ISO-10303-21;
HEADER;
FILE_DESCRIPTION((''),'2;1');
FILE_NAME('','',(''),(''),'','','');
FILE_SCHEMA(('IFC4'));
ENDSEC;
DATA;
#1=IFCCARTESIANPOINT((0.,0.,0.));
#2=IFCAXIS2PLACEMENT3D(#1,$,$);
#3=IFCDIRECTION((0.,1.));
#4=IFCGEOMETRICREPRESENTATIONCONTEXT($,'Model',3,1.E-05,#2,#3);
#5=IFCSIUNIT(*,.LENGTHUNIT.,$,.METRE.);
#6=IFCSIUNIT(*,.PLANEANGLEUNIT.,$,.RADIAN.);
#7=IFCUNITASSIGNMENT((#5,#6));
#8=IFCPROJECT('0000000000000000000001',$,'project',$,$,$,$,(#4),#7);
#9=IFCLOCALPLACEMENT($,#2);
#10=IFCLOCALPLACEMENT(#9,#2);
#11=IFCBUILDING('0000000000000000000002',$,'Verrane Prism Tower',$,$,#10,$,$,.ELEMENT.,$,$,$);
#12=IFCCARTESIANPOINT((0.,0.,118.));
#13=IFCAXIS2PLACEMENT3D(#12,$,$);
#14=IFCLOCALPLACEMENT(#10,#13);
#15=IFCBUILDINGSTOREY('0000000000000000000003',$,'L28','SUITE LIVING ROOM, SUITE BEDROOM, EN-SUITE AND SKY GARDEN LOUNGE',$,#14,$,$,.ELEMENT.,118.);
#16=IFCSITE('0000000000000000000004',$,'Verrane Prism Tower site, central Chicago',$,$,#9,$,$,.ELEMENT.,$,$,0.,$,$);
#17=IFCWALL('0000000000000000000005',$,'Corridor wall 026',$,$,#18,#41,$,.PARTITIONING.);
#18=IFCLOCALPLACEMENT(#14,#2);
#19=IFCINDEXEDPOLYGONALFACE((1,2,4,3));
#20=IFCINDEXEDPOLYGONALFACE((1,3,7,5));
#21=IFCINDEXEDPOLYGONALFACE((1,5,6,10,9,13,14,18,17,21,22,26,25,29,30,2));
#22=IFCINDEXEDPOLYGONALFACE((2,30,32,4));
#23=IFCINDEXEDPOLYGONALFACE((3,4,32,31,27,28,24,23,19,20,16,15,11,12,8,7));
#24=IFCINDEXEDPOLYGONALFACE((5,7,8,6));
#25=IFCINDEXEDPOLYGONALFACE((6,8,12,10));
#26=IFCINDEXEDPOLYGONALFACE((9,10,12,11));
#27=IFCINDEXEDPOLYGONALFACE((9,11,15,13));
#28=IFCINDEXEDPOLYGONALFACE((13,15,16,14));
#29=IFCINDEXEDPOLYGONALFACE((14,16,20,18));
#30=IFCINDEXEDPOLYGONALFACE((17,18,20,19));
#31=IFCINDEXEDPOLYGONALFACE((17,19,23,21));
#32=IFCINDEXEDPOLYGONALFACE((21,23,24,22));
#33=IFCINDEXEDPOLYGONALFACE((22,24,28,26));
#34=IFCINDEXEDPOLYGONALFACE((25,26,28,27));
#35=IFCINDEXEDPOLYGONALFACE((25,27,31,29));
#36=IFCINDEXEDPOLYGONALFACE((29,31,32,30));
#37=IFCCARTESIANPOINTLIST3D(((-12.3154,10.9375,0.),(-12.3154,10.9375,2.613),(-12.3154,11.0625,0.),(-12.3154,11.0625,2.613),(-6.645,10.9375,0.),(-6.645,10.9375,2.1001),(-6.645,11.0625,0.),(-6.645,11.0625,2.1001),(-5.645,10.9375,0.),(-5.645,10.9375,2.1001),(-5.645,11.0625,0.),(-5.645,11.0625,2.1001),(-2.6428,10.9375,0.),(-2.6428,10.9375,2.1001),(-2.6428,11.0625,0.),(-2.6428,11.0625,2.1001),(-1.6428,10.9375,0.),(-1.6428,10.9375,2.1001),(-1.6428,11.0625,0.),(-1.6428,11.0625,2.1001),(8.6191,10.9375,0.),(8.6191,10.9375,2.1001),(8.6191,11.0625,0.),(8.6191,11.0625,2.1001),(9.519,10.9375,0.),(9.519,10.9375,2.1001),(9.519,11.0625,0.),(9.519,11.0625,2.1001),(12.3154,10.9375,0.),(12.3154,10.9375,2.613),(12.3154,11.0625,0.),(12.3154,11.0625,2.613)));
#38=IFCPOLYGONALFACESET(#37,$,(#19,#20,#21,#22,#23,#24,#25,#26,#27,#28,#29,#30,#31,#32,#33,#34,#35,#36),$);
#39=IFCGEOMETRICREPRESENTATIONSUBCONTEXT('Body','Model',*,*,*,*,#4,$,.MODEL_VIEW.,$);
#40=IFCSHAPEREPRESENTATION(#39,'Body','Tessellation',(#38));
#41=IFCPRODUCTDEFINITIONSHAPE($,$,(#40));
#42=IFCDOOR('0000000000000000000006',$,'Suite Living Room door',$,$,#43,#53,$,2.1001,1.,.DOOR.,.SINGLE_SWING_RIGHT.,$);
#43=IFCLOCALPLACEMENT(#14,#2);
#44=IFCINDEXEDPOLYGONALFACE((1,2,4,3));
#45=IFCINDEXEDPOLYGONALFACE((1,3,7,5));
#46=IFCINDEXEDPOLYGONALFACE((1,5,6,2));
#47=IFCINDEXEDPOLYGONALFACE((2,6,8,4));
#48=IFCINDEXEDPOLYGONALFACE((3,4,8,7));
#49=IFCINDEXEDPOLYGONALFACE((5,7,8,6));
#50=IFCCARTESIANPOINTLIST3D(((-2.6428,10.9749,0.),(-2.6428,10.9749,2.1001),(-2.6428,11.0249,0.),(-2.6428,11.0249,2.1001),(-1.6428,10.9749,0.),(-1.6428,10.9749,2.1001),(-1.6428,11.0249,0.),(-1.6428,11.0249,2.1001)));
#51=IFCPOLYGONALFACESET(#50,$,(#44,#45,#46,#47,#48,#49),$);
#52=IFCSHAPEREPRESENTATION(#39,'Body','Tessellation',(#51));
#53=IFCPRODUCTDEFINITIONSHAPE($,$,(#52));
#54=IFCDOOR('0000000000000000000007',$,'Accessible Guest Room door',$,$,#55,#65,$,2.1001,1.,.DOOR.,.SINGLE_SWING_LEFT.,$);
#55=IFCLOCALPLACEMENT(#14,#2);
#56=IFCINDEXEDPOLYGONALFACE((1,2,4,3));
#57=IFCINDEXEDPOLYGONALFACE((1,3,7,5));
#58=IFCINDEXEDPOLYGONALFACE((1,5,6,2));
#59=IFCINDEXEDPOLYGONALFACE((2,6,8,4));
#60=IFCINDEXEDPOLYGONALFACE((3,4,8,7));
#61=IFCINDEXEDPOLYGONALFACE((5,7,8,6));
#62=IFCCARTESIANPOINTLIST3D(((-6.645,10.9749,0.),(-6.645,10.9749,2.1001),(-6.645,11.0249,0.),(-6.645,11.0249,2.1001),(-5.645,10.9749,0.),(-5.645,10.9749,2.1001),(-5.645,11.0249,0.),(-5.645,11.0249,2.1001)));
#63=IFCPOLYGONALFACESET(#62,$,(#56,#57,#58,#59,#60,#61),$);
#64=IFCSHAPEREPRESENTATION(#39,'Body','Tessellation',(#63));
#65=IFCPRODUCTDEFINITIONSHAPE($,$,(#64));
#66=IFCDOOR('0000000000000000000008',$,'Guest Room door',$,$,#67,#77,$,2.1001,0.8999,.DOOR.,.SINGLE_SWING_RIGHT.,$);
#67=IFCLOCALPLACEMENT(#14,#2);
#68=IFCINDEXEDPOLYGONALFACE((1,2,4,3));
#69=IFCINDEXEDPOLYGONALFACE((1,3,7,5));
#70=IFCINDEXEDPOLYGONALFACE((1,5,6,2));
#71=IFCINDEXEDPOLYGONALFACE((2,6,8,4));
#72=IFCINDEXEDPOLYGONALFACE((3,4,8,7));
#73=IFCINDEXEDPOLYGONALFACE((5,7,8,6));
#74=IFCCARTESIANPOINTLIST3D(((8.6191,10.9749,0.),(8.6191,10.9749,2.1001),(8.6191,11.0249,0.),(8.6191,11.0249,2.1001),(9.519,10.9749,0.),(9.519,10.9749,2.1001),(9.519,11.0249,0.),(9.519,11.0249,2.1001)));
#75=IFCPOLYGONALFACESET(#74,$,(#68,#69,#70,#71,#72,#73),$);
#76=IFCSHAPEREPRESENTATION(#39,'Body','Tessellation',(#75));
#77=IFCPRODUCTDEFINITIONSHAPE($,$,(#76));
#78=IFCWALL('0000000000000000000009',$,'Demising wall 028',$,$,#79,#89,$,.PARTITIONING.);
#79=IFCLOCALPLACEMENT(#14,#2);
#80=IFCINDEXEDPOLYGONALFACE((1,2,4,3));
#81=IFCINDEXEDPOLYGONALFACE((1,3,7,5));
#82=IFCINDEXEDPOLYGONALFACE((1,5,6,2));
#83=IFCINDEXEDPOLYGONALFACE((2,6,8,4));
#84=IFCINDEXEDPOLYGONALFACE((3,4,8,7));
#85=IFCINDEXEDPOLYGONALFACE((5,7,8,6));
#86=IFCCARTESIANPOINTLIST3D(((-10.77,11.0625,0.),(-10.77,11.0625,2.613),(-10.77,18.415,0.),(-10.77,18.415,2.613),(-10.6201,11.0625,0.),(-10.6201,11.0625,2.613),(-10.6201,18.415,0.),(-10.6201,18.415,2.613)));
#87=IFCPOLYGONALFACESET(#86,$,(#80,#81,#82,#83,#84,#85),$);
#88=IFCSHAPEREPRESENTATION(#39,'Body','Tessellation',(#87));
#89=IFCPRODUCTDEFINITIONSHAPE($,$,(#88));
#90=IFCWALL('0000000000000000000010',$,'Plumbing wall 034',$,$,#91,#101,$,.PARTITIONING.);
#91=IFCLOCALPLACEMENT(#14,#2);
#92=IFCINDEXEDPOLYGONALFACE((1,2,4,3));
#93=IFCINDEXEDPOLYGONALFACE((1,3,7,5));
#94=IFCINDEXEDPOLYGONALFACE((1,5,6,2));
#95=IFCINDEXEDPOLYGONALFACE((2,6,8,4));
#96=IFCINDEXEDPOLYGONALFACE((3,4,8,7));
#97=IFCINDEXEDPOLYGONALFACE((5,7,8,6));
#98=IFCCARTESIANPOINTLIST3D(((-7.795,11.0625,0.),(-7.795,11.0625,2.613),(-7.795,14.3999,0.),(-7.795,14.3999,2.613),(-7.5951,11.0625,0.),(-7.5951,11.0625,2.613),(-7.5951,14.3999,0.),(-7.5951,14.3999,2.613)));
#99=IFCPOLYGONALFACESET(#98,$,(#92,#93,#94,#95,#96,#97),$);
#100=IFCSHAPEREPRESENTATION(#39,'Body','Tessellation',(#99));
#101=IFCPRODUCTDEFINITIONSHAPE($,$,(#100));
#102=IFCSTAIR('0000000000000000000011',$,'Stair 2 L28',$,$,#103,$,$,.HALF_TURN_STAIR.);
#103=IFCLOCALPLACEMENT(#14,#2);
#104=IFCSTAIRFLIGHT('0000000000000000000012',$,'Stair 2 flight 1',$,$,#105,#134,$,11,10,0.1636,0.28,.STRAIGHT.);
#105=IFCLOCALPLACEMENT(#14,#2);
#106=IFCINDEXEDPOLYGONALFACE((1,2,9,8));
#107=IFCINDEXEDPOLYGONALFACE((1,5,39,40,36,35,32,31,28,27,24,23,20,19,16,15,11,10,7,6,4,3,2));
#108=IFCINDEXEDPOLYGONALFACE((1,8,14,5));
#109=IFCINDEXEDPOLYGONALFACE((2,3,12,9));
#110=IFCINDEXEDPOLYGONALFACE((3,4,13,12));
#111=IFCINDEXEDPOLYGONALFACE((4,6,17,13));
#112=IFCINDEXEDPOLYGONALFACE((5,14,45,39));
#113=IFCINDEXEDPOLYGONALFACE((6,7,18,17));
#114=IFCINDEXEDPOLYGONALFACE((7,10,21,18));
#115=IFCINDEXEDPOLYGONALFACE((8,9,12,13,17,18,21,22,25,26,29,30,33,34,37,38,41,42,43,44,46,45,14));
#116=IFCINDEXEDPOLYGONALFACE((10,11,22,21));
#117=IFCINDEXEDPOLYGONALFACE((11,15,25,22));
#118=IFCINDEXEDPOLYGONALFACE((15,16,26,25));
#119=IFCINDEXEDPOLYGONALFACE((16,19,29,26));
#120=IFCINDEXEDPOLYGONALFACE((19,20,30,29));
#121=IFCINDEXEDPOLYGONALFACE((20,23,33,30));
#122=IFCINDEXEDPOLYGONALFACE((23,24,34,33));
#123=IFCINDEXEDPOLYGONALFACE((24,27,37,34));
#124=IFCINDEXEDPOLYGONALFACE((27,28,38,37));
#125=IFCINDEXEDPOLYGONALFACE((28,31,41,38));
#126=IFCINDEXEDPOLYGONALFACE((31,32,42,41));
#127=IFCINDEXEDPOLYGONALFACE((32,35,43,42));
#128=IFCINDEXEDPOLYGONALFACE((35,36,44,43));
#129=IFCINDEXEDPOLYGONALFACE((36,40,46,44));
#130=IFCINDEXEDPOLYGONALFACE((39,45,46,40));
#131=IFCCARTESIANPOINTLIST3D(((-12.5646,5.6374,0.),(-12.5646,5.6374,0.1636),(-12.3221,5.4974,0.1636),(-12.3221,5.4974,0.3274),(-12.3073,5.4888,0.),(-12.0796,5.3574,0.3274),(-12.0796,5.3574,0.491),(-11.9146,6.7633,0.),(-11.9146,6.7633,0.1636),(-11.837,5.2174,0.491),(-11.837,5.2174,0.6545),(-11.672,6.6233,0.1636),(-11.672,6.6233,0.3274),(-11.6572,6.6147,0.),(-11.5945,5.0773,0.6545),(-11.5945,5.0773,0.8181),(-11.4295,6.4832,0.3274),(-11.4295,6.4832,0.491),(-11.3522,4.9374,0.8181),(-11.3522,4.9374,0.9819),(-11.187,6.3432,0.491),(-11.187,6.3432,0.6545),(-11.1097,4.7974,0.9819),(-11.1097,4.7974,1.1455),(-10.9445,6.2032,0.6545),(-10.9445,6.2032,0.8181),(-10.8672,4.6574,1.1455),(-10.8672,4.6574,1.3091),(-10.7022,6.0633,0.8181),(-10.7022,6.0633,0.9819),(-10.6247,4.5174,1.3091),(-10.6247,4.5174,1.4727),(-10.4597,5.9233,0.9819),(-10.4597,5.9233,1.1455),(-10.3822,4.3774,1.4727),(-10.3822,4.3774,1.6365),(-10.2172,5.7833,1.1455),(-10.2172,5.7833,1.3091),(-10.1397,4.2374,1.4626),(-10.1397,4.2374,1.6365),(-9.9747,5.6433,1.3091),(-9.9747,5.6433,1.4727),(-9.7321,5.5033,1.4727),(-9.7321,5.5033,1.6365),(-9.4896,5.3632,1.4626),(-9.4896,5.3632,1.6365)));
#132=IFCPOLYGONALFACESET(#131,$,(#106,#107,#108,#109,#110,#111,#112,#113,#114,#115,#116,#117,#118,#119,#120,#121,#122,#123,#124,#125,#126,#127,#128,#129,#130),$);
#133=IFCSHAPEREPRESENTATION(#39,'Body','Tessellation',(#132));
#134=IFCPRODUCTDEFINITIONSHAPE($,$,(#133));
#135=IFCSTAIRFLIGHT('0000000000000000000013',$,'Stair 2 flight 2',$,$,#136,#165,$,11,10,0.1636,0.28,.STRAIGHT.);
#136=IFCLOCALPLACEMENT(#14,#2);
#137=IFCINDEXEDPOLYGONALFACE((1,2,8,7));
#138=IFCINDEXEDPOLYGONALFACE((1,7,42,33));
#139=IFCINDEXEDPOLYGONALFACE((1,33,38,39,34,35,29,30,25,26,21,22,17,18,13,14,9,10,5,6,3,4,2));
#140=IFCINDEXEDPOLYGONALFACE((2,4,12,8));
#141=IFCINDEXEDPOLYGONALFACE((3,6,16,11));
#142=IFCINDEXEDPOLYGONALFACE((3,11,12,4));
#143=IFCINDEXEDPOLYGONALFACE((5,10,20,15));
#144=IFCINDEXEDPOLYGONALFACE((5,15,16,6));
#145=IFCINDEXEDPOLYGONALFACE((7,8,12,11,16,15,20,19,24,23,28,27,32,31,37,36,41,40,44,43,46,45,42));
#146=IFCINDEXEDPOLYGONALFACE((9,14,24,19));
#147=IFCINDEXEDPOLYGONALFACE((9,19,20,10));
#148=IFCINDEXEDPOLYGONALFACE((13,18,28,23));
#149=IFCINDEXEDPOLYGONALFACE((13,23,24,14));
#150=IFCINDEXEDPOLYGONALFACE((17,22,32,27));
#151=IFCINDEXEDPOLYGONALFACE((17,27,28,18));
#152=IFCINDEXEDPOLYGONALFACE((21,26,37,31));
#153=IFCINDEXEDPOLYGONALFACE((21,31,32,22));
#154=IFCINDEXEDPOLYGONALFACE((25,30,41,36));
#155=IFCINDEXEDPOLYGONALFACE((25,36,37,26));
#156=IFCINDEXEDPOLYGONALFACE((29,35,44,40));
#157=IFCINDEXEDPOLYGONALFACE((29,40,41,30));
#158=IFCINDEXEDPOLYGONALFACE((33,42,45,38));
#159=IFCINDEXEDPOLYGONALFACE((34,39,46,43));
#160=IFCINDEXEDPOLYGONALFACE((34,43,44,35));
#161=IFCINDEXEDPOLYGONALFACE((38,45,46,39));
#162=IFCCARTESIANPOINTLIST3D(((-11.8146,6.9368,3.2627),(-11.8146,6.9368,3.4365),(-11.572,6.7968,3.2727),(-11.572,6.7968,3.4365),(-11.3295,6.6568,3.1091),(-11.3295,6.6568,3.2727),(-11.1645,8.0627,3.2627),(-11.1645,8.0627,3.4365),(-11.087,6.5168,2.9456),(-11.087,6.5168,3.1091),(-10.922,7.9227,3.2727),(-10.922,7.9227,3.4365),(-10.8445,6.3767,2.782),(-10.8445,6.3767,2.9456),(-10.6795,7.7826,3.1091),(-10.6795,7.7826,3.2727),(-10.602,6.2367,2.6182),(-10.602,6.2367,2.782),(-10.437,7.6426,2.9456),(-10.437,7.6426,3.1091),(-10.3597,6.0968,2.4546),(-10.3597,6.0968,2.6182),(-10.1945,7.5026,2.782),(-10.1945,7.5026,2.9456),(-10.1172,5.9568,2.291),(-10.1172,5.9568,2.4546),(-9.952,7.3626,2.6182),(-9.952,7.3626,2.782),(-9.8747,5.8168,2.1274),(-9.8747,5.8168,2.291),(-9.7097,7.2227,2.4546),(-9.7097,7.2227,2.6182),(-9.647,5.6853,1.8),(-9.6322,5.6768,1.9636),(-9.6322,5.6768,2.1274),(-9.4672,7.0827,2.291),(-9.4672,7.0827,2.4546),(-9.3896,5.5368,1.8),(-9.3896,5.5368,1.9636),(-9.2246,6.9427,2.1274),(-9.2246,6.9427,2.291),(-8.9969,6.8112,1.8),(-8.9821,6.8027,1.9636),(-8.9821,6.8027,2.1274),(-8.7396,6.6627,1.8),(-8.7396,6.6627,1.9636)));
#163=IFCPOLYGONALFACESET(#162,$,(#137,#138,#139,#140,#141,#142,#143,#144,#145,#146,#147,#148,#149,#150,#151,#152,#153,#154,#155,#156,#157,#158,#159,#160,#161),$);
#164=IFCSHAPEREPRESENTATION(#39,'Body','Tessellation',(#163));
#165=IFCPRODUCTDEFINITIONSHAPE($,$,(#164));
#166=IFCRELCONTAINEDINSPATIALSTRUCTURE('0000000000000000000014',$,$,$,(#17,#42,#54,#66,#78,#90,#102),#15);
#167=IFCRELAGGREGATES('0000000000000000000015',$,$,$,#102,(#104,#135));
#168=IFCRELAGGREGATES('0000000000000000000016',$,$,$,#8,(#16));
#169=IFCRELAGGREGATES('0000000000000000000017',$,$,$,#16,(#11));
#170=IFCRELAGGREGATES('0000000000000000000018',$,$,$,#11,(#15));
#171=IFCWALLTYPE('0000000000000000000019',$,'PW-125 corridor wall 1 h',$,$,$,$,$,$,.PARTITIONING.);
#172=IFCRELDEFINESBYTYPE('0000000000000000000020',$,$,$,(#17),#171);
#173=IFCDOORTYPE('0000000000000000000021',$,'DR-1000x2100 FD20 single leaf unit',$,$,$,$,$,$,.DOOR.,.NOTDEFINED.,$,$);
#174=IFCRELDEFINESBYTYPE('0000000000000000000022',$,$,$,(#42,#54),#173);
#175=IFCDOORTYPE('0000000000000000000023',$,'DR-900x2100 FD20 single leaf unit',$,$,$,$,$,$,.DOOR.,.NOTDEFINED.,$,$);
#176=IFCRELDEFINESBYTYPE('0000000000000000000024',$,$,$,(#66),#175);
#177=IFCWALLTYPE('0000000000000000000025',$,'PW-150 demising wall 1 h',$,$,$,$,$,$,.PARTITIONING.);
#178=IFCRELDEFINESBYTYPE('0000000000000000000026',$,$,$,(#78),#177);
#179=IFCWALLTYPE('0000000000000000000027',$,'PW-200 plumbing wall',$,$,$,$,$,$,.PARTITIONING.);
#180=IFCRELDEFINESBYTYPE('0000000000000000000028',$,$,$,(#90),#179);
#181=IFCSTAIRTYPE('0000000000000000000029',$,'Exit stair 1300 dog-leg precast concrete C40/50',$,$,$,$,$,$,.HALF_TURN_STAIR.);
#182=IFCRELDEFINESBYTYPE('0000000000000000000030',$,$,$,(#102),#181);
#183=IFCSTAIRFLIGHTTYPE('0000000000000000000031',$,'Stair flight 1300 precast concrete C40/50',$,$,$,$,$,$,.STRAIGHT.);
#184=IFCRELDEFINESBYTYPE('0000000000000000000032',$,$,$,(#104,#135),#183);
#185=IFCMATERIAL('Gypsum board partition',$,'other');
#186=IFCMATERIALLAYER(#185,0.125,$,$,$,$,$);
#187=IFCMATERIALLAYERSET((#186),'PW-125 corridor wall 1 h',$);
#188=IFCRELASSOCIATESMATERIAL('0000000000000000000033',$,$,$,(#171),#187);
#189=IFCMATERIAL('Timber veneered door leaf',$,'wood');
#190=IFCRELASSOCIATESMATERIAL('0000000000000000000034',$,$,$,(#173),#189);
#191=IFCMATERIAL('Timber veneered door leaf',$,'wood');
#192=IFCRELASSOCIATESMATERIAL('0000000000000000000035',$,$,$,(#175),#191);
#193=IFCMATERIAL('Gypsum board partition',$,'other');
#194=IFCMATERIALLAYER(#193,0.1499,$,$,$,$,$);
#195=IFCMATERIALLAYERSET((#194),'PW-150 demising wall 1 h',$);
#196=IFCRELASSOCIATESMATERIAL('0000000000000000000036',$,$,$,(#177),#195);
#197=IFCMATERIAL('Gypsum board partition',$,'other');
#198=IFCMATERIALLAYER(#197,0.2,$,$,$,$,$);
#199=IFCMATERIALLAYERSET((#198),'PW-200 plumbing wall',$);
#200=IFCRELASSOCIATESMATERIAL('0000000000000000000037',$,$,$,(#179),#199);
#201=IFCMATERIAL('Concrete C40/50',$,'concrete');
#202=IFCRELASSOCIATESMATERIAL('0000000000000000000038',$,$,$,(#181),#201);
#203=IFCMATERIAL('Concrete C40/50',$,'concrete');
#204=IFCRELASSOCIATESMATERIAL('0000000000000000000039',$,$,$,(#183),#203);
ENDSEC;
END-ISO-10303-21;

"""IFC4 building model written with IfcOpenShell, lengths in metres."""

from ifc_helpers import new_model, si_unit, direction, frame, frame_2d, origin, place, context, subcontext, project, spatial, polyline, rectangle, outline, extrude, material, layer, layer_set, type_object, element, fill, aggregate, save


model = new_model("IFC4")

# Units and contexts
model_context = context("Model", 3, precision=1e-05, world=origin(), true_north=direction((0.0, 1.0)))
body_context = subcontext(model_context, "Body", "Model", "MODEL_VIEW")
ifc_project = project(units=[si_unit("LENGTHUNIT", "METRE"), si_unit("PLANEANGLEUNIT", "RADIAN")], contexts=[model_context])

# Site, building, storey
site_placement = place(None, origin())
site = spatial("IfcSite", under=ifc_project, at=site_placement, Name="Verrane Prism Tower site, central Chicago", CompositionType="ELEMENT", RefElevation=0.0)
building_placement = place(site_placement, origin())
building = spatial("IfcBuilding", under=site, at=building_placement, Name="Verrane Prism Tower", CompositionType="ELEMENT")
storey_placement = place(building_placement, frame((0.0, 0.0, 118.0)))
storey = spatial("IfcBuildingStorey", under=building, at=storey_placement, Name="L28", Description="SUITE LIVING ROOM, SUITE BEDROOM, EN-SUITE AND SKY GARDEN LOUNGE", CompositionType="ELEMENT", Elevation=118.0)

# Wall, openings, doors
ifc_material_1 = material(Name="Gypsum board partition", Category="other")
ifc_layer_1 = layer(ifc_material_1, 0.125)
ifc_layer_set_1 = layer_set([ifc_layer_1], Name="PW-125 corridor wall 1 h")
wall_type_1 = type_object("IfcWallType", Name="PW-125 corridor wall 1 h", PredefinedType="PARTITIONING", material=ifc_layer_set_1)
wall_1_placement = place(storey_placement, frame((-12.3154, 11.0, 0.0), z_axis=(0.0, 0.0, 1.0), x_axis=(1.0, 0.0, 0.0)))
wall_1 = element("IfcWall", 1, at=wall_1_placement, inside=storey, type_object=wall_type_1, Name="Corridor wall 026", PredefinedType="PARTITIONING", context=body_context, shape_type="SweptSolid", body=[
    extrude(rectangle(XDim=24.6309, YDim=0.125, at=frame_2d((12.3154, 0.0))), origin(), (0.0, 0.0, 1.0), 2.613),
])
opening_1_placement = place(wall_1_placement, frame((20.9346, 0.0, 0.0)))
opening_1 = element("IfcOpeningElement", 2, at=opening_1_placement, cuts=wall_1, PredefinedType="OPENING", context=body_context, shape_type="SweptSolid", body=[
    extrude(rectangle(XDim=0.8999, YDim=2.1001, at=frame_2d((0.45, 1.05))), frame((0.0, 0.0725, 0.0), z_axis=(0.0, -1.0, 0.0), x_axis=(1.0, 0.0, 0.0)), (0.0, 0.0, 1.0), 0.145),
])
opening_2_placement = place(wall_1_placement, frame((9.6726, 0.0, 0.0)))
opening_2 = element("IfcOpeningElement", 3, at=opening_2_placement, cuts=wall_1, PredefinedType="OPENING", context=body_context, shape_type="SweptSolid", body=[
    extrude(rectangle(XDim=1.0, YDim=2.1001, at=frame_2d((0.5, 1.05))), frame((0.0, 0.0725, 0.0), z_axis=(0.0, -1.0, 0.0), x_axis=(1.0, 0.0, 0.0)), (0.0, 0.0, 1.0), 0.145),
])
opening_3_placement = place(wall_1_placement, frame((5.6704, 0.0, 0.0)))
opening_3 = element("IfcOpeningElement", 4, at=opening_3_placement, cuts=wall_1, PredefinedType="OPENING", context=body_context, shape_type="SweptSolid", body=[
    extrude(rectangle(XDim=1.0, YDim=2.1001, at=frame_2d((0.5, 1.05))), frame((0.0, 0.0725, 0.0), z_axis=(0.0, -1.0, 0.0), x_axis=(1.0, 0.0, 0.0)), (0.0, 0.0, 1.0), 0.145),
])
ifc_material_2 = material(Name="Timber veneered door leaf", Category="wood")
door_type_1 = type_object("IfcDoorType", Name="DR-1000x2100 FD20 single leaf unit", OperationType="NOTDEFINED", PredefinedType="DOOR", material=ifc_material_2)
door_1_placement = place(opening_2_placement, origin())
door_1 = element("IfcDoor", 5, at=door_1_placement, inside=storey, type_object=door_type_1, Name="Suite Living Room door", OperationType="SINGLE_SWING_RIGHT", OverallHeight=2.1001, OverallWidth=1.0, PredefinedType="DOOR", context=body_context, shape_type="SweptSolid", body=[
    extrude(rectangle(XDim=1.0, YDim=2.1001, at=frame_2d((0.5, 1.05))), frame((0.0, 0.0249, 0.0), z_axis=(0.0, -1.0, 0.0), x_axis=(1.0, 0.0, 0.0)), (0.0, 0.0, 1.0), 0.05),
])
fill(opening_2, door_1)
door_2_placement = place(opening_3_placement, origin())
door_2 = element("IfcDoor", 6, at=door_2_placement, inside=storey, type_object=door_type_1, Name="Accessible Guest Room door", OperationType="SINGLE_SWING_LEFT", OverallHeight=2.1001, OverallWidth=1.0, PredefinedType="DOOR", context=body_context, shape_type="SweptSolid", body=[
    extrude(rectangle(XDim=1.0, YDim=2.1001, at=frame_2d((0.5, 1.05))), frame((0.0, 0.0249, 0.0), z_axis=(0.0, -1.0, 0.0), x_axis=(1.0, 0.0, 0.0)), (0.0, 0.0, 1.0), 0.05),
])
fill(opening_3, door_2)
ifc_material_3 = material(Name="Timber veneered door leaf", Category="wood")
door_type_2 = type_object("IfcDoorType", Name="DR-900x2100 FD20 single leaf unit", OperationType="NOTDEFINED", PredefinedType="DOOR", material=ifc_material_3)
door_3_placement = place(opening_1_placement, origin())
door_3 = element("IfcDoor", 7, at=door_3_placement, inside=storey, type_object=door_type_2, Name="Guest Room door", OperationType="SINGLE_SWING_RIGHT", OverallHeight=2.1001, OverallWidth=0.8999, PredefinedType="DOOR", context=body_context, shape_type="SweptSolid", body=[
    extrude(rectangle(XDim=0.8999, YDim=2.1001, at=frame_2d((0.45, 1.05))), frame((0.0, 0.0249, 0.0), z_axis=(0.0, -1.0, 0.0), x_axis=(1.0, 0.0, 0.0)), (0.0, 0.0, 1.0), 0.05),
])
fill(opening_1, door_3)

# Walls
ifc_material_4 = material(Name="Gypsum board partition", Category="other")
ifc_layer_2 = layer(ifc_material_4, 0.1499)
ifc_layer_set_2 = layer_set([ifc_layer_2], Name="PW-150 demising wall 1 h")
wall_type_2 = type_object("IfcWallType", Name="PW-150 demising wall 1 h", PredefinedType="PARTITIONING", material=ifc_layer_set_2)
wall_2_placement = place(storey_placement, frame((-10.6951, 11.0625, 0.0), z_axis=(0.0, 0.0, 1.0), x_axis=(0.0, 1.0, 0.0)))
element("IfcWall", 8, at=wall_2_placement, inside=storey, type_object=wall_type_2, Name="Demising wall 028", PredefinedType="PARTITIONING", context=body_context, shape_type="SweptSolid", body=[
    extrude(rectangle(XDim=7.3525, YDim=0.1499, at=frame_2d((3.6763, 0.0))), origin(), (0.0, 0.0, 1.0), 2.613),
])
ifc_material_5 = material(Name="Gypsum board partition", Category="other")
ifc_layer_3 = layer(ifc_material_5, 0.2)
ifc_layer_set_3 = layer_set([ifc_layer_3], Name="PW-200 plumbing wall")
wall_type_3 = type_object("IfcWallType", Name="PW-200 plumbing wall", PredefinedType="PARTITIONING", material=ifc_layer_set_3)
wall_3_placement = place(storey_placement, frame((-7.6951, 11.0625, 0.0), z_axis=(0.0, 0.0, 1.0), x_axis=(0.0, 1.0, 0.0)))
element("IfcWall", 9, at=wall_3_placement, inside=storey, type_object=wall_type_3, Name="Plumbing wall 034", PredefinedType="PARTITIONING", context=body_context, shape_type="SweptSolid", body=[
    extrude(rectangle(XDim=3.3374, YDim=0.2, at=frame_2d((1.6687, 0.0))), origin(), (0.0, 0.0, 1.0), 2.613),
])

# Stair, stair flights
ifc_material_6 = material(Name="Concrete C40/50", Category="concrete")
stair_type = type_object("IfcStairType", Name="Exit stair 1300 dog-leg precast concrete C40/50", PredefinedType="HALF_TURN_STAIR", material=ifc_material_6)
stair_placement = place(storey_placement, origin())
stair = element("IfcStair", 10, at=stair_placement, inside=storey, type_object=stair_type, Name="Stair 2 L28", PredefinedType="HALF_TURN_STAIR")
ifc_material_7 = material(Name="Concrete C40/50", Category="concrete")
stair_flight_type = type_object("IfcStairFlightType", Name="Stair flight 1300 precast concrete C40/50", PredefinedType="STRAIGHT", material=ifc_material_7)
stair_flight_1_placement = place(storey_placement, frame((-12.2395, 6.2004, 0.0), z_axis=(0.0, 0.0, 1.0), x_axis=(0.866025, -0.5, 0.0)))
stair_flight_1 = element("IfcStairFlight", 11, at=stair_flight_1_placement, type_object=stair_flight_type, Name="Stair 2 flight 1", NumberOfRisers=11, NumberOfTreads=10, PredefinedType="STRAIGHT", RiserHeight=0.1636, TreadLength=0.28, context=body_context, shape_type="SweptSolid", body=[
    extrude(outline(polyline([(0.0, 0.0), (0.0, 0.1636), (0.28, 0.1636), (0.28, 0.3274), (0.5601, 0.3274), (0.5601, 0.491), (0.8401, 0.491), (0.8401, 0.6545), (1.1201, 0.6545), (1.1201, 0.8181), (1.3999, 0.8181), (1.3999, 0.9819), (1.6799, 0.9819), (1.6799, 1.1455), (1.96, 1.1455), (1.96, 1.3091), (2.24, 1.3091), (2.24, 1.4727), (2.52, 1.4727), (2.52, 1.6365), (2.8, 1.6365), (2.8, 1.8), (2.8, 1.4626), (0.2971, 0.0), (0.0, 0.0)])), frame((0.0, 0.6499, 0.0), z_axis=(0.0, -1.0, 0.0), x_axis=(1.0, 0.0, 0.0)), (0.0, 0.0, 1.0), 1.3),
])
stair_flight_2_placement = place(storey_placement, frame((-9.0647, 6.0996, 1.8), z_axis=(0.0, 0.0, 1.0), x_axis=(-0.866025, 0.5, 0.0)))
stair_flight_2 = element("IfcStairFlight", 12, at=stair_flight_2_placement, type_object=stair_flight_type, Name="Stair 2 flight 2", NumberOfRisers=11, NumberOfTreads=10, PredefinedType="STRAIGHT", RiserHeight=0.1636, TreadLength=0.28, context=body_context, shape_type="SweptSolid", body=[
    extrude(outline(polyline([(0.0, 0.0), (0.0, 0.1636), (0.28, 0.1636), (0.28, 0.3274), (0.5601, 0.3274), (0.5601, 0.491), (0.8401, 0.491), (0.8401, 0.6545), (1.1201, 0.6545), (1.1201, 0.8181), (1.3999, 0.8181), (1.3999, 0.9819), (1.6799, 0.9819), (1.6799, 1.1455), (1.96, 1.1455), (1.96, 1.3091), (2.24, 1.3091), (2.24, 1.4727), (2.52, 1.4727), (2.52, 1.6365), (2.8, 1.6365), (2.8, 1.8), (2.8, 1.4626), (0.2971, 0.0), (0.0, 0.0)])), frame((0.0, 0.6499, 0.0), z_axis=(0.0, -1.0, 0.0), x_axis=(1.0, 0.0, 0.0)), (0.0, 0.0, 1.0), 1.3),
])
aggregate(stair, [stair_flight_1, stair_flight_2])

save(model, "model.ifc")
